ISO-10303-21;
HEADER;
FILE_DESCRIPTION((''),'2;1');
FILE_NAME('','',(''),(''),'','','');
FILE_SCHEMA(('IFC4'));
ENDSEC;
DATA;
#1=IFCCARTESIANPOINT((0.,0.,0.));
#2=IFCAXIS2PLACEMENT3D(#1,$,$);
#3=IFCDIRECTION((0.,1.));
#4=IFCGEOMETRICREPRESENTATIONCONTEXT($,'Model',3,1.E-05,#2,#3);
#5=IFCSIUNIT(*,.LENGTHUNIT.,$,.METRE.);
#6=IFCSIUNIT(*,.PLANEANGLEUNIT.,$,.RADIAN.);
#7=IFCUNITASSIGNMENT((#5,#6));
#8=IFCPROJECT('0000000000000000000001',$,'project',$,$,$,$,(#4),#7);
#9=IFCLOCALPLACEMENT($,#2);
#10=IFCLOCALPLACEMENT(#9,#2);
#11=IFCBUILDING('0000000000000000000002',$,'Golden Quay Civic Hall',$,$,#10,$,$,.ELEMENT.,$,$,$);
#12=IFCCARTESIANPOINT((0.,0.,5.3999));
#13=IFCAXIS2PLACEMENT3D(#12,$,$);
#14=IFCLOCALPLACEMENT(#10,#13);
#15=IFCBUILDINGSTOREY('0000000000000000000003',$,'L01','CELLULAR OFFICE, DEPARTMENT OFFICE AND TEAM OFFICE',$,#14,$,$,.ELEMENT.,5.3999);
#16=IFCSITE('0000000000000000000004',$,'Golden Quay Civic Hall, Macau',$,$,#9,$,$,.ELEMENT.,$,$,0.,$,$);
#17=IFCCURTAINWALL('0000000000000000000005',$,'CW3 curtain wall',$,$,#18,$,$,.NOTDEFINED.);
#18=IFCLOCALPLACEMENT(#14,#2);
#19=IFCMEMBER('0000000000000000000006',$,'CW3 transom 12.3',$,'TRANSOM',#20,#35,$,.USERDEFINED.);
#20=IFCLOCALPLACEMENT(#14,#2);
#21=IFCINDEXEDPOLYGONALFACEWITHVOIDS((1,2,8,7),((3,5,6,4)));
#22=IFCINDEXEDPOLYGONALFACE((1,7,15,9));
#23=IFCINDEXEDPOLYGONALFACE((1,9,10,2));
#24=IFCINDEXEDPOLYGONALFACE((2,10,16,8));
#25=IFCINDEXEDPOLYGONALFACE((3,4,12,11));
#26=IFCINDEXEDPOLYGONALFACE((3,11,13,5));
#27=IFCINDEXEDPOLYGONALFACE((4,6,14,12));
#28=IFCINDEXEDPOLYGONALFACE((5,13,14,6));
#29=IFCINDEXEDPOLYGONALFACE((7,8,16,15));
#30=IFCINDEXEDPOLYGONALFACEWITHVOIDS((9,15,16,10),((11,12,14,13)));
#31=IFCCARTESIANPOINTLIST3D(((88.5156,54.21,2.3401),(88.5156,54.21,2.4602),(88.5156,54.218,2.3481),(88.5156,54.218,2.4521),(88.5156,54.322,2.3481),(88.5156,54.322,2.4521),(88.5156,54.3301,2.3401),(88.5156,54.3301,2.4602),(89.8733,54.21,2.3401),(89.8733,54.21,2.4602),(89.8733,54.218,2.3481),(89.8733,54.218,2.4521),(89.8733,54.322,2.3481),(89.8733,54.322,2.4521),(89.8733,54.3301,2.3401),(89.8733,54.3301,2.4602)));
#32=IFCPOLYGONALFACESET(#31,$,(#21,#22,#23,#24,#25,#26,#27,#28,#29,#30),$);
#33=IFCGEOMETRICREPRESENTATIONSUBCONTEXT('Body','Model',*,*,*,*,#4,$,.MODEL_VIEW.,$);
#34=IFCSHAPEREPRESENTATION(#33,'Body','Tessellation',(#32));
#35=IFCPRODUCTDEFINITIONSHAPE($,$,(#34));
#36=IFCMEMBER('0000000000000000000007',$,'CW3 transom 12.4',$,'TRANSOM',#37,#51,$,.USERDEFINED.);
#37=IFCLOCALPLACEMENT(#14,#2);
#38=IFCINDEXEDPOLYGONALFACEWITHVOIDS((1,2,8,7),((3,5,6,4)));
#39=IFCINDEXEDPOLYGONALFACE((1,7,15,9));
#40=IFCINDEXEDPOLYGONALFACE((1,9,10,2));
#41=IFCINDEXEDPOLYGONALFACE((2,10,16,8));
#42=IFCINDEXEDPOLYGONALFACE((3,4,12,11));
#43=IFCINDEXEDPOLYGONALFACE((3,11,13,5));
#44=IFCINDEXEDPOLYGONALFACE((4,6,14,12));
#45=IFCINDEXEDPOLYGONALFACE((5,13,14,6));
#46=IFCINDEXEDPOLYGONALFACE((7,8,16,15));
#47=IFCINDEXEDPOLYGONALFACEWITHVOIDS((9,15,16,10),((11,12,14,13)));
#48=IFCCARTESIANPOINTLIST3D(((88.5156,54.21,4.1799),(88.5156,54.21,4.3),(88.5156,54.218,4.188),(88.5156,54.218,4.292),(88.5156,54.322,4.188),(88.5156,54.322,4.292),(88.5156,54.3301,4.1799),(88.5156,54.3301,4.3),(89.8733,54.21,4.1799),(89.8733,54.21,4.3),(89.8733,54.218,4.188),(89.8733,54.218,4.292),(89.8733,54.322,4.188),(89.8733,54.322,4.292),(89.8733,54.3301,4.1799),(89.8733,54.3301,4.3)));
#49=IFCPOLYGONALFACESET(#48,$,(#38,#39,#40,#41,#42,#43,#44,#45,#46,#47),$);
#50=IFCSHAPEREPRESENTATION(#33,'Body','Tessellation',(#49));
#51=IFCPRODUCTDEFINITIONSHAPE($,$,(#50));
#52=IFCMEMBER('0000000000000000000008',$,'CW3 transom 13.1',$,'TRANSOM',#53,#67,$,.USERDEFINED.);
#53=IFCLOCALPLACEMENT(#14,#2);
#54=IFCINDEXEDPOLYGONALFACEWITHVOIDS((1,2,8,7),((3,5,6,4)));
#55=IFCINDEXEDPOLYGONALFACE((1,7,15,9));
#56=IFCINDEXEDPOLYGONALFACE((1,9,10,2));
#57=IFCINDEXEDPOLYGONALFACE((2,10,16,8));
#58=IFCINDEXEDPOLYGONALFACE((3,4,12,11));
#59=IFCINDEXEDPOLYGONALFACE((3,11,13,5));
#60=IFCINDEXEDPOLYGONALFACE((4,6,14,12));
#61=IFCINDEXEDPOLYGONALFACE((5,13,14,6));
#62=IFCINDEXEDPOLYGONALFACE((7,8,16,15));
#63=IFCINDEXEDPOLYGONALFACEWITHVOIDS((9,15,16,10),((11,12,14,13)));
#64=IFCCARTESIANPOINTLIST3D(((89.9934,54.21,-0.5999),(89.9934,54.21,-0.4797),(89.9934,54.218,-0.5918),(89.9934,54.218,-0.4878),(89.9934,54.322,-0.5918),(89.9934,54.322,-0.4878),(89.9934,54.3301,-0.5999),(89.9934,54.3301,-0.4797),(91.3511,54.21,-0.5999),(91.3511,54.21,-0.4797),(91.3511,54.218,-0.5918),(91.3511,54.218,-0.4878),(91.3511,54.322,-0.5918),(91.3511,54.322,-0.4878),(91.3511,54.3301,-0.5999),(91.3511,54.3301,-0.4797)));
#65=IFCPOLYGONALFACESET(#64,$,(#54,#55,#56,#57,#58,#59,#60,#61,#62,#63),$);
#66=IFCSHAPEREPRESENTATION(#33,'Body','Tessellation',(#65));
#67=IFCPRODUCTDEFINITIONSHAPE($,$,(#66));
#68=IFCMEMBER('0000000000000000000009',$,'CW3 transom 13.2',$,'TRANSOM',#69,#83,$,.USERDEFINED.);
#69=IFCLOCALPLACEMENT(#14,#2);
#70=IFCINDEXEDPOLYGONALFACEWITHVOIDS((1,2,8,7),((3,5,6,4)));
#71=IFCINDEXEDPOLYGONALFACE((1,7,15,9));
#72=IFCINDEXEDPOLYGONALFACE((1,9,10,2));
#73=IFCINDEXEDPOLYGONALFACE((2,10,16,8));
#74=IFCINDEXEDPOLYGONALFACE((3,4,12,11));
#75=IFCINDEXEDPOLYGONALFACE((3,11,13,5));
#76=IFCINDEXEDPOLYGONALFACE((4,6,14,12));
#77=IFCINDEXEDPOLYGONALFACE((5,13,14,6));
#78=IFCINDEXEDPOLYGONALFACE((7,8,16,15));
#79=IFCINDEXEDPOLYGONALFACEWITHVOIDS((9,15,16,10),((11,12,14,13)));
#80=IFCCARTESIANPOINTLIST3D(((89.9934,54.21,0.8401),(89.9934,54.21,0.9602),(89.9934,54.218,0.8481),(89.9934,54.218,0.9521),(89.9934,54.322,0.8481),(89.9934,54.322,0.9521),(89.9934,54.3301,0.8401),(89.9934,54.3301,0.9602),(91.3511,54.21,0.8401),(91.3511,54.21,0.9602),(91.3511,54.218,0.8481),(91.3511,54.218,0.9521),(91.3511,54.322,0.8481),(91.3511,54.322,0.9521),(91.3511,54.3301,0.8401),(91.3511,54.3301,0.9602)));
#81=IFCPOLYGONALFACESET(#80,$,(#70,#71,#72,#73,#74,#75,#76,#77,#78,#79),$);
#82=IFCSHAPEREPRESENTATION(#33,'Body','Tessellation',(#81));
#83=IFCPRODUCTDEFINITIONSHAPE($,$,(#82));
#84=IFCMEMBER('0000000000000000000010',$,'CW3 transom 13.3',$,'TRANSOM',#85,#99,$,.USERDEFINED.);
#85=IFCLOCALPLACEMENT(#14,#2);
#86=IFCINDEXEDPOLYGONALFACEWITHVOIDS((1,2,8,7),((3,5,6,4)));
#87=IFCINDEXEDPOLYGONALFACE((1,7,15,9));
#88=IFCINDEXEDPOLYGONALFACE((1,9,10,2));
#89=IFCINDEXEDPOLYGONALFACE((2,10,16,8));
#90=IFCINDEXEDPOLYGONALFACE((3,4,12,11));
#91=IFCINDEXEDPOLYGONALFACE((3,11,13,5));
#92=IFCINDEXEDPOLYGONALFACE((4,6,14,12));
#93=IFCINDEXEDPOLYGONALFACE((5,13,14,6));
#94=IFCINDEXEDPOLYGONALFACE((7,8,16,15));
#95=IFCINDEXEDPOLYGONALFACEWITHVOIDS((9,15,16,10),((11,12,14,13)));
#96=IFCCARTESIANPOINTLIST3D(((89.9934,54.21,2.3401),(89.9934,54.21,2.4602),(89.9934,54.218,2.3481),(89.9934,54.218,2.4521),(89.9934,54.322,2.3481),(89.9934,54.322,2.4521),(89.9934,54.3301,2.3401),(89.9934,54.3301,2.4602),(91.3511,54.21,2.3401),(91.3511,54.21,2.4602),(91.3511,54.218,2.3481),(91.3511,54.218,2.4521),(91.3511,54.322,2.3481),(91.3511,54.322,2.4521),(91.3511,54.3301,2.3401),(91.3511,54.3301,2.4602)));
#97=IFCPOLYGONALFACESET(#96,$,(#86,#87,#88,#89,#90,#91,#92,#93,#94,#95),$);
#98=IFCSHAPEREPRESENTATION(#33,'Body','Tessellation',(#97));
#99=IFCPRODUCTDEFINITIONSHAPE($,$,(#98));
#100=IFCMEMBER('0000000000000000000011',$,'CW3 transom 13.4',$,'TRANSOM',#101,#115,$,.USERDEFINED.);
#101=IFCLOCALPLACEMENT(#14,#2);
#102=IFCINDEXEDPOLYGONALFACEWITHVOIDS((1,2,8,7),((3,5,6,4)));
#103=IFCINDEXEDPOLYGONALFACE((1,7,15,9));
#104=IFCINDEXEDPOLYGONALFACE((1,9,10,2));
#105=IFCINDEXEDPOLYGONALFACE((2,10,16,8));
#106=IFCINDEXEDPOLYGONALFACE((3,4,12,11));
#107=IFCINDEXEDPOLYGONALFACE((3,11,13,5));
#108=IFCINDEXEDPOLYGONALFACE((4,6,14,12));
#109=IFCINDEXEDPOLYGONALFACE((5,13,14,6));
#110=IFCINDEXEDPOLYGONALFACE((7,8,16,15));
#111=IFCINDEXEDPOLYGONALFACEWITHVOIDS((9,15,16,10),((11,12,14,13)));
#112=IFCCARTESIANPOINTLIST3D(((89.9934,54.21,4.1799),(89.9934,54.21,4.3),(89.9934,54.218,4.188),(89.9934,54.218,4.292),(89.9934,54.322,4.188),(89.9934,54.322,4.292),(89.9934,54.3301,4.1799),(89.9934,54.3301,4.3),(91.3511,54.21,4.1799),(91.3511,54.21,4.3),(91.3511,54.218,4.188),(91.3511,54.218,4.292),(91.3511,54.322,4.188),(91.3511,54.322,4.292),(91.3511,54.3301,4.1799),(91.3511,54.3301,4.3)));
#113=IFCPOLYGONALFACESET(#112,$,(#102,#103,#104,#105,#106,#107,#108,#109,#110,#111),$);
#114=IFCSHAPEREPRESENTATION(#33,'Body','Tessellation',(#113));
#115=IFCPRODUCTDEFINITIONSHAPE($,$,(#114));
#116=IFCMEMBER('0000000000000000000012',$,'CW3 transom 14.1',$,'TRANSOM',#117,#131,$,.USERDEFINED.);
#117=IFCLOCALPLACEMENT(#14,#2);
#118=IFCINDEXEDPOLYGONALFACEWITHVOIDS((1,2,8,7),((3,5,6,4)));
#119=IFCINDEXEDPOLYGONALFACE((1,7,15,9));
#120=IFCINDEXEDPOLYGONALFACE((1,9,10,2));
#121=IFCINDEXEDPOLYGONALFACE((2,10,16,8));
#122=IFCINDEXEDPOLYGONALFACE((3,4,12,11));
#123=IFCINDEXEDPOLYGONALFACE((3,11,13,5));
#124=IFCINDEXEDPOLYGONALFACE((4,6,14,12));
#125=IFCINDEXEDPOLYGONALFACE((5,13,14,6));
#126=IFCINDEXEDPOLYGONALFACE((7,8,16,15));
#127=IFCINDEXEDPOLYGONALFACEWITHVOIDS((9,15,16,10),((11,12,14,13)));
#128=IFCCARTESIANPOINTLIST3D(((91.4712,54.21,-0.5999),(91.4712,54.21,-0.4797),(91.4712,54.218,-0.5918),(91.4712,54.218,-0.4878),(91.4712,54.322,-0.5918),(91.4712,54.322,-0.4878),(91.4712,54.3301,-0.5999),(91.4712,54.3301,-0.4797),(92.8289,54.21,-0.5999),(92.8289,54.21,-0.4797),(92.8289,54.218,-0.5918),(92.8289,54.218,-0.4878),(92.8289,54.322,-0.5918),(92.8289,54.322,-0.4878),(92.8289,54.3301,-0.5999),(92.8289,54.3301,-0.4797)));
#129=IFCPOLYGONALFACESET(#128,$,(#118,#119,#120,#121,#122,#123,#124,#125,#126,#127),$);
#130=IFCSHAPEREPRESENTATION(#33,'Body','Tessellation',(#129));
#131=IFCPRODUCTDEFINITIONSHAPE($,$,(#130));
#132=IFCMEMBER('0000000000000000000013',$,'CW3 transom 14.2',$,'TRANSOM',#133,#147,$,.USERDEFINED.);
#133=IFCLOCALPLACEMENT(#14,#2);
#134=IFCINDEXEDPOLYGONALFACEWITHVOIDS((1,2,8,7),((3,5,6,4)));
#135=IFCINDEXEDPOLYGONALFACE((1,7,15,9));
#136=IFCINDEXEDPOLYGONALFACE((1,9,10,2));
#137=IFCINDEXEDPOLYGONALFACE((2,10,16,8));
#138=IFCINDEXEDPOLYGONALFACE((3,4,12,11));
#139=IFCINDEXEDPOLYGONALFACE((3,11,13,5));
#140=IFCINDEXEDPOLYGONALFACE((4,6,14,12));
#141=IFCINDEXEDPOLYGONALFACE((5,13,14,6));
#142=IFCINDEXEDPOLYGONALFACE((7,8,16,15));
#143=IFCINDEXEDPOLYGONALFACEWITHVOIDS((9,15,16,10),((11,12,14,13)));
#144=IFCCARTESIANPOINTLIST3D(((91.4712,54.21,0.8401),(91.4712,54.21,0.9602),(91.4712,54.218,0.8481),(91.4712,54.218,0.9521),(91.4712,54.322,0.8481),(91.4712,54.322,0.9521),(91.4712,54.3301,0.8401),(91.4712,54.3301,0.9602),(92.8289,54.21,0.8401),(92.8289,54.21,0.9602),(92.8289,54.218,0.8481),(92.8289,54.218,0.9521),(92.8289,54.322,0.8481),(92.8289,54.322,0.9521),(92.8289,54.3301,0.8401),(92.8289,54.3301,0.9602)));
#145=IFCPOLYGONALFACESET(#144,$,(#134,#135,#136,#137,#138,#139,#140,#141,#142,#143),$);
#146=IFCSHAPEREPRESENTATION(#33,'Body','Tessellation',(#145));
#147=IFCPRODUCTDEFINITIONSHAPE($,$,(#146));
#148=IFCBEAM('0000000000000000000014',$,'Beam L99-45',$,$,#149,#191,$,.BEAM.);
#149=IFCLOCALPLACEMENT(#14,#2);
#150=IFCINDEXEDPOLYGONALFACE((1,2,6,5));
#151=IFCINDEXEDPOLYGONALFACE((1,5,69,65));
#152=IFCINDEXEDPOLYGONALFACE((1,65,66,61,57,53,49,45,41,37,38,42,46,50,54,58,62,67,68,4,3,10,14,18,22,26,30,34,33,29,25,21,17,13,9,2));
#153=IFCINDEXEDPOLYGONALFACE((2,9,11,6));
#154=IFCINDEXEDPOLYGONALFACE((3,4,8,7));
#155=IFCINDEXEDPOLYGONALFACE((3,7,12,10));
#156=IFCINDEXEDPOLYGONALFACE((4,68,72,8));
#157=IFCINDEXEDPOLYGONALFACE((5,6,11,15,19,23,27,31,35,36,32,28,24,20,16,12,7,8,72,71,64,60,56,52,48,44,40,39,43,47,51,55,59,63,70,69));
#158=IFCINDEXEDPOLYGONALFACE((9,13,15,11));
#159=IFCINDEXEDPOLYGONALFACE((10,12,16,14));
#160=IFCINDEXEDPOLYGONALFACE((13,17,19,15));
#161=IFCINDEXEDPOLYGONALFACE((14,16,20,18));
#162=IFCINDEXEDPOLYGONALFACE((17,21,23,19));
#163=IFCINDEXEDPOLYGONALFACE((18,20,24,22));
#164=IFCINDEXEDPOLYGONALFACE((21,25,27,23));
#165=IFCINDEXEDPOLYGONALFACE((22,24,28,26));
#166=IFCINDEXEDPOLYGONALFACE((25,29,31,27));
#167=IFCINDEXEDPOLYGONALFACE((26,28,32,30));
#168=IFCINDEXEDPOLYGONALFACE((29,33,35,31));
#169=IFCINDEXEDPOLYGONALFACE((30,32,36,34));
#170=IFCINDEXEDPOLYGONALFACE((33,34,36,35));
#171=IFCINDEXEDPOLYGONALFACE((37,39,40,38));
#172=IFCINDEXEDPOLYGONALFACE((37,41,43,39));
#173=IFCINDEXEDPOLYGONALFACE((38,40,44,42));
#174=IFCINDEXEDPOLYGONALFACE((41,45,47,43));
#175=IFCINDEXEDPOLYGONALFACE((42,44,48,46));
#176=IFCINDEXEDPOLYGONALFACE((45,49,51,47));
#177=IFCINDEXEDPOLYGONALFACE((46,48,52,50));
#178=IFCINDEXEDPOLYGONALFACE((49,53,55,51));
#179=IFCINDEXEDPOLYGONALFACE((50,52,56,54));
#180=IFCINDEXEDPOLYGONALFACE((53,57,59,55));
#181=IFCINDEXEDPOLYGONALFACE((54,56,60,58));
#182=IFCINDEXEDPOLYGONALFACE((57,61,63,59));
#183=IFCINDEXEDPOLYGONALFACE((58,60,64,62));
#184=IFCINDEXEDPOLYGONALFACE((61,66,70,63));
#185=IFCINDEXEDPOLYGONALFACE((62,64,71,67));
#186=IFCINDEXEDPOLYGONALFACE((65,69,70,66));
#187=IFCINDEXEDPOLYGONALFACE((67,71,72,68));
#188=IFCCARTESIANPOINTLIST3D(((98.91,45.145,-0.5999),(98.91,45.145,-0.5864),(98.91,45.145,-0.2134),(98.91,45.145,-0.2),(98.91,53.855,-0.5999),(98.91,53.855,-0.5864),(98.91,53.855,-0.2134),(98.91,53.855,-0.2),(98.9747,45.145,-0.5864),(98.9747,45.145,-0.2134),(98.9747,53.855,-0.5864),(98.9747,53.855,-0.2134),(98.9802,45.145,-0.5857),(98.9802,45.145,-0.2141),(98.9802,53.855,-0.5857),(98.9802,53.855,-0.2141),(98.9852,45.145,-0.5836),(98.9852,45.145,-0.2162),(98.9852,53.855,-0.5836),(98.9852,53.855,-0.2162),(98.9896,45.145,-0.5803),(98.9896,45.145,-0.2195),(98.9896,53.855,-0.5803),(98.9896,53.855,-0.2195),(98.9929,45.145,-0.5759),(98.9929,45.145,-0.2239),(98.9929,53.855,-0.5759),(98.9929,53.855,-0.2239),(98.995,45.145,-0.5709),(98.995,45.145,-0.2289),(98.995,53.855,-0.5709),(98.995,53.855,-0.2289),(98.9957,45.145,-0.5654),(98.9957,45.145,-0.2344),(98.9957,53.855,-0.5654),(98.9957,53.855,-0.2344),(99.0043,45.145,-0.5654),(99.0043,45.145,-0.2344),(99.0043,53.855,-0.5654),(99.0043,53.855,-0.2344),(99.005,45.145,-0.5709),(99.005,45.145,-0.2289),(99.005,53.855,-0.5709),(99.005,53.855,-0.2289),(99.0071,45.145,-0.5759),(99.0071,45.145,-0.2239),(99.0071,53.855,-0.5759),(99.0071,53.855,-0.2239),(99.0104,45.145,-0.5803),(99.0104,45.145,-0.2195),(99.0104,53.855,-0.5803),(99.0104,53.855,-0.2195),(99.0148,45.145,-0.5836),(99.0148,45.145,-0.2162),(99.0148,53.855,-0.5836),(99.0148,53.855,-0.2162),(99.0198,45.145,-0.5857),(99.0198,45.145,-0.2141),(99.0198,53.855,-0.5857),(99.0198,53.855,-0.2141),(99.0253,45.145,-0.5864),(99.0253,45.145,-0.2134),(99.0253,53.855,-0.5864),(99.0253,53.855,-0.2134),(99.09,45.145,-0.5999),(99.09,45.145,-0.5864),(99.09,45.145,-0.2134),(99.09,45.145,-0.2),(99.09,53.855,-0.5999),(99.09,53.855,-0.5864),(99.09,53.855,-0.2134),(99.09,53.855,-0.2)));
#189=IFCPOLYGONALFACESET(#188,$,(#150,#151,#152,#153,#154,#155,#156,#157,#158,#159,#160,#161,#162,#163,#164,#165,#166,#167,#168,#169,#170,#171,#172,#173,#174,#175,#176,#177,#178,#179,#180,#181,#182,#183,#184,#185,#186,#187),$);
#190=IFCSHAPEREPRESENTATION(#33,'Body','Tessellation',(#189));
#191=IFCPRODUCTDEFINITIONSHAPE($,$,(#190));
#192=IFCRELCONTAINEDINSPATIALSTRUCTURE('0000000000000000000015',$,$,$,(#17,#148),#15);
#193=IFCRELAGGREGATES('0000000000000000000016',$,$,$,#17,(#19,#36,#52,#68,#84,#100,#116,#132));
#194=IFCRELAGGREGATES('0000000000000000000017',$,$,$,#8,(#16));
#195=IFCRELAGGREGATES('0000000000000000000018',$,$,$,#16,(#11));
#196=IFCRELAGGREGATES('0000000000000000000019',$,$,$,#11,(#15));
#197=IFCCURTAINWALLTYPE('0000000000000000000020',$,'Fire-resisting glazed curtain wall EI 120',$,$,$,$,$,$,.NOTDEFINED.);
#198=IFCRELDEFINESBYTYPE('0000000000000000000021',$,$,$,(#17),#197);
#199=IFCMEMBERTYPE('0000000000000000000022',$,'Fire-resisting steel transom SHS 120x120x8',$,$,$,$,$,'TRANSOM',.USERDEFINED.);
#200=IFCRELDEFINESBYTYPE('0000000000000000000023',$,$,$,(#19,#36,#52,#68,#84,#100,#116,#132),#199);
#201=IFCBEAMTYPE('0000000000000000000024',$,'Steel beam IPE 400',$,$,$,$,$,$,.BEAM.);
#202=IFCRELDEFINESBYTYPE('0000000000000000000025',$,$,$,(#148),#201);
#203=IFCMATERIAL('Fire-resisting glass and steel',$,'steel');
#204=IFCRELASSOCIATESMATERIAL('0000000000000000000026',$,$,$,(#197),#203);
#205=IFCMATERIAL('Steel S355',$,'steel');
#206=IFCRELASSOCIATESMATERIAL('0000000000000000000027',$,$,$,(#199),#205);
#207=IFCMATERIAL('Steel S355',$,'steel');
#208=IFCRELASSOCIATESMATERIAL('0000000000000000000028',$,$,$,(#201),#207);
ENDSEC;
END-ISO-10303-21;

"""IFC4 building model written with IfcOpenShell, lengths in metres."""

from ifc_helpers import new_model, si_unit, direction, frame, origin, origin_2d, place, context, subcontext, project, spatial, hollow_rectangle, i_section, extrude, material, material_profile, profile_set, type_object, element, aggregate, save


model = new_model("IFC4")

# Units and contexts
model_context = context("Model", 3, precision=1e-05, world=origin(), true_north=direction((0.0, 1.0)))
body_context = subcontext(model_context, "Body", "Model", "MODEL_VIEW")
ifc_project = project(units=[si_unit("LENGTHUNIT", "METRE"), si_unit("PLANEANGLEUNIT", "RADIAN")], contexts=[model_context])

# Site, building, storey
site_placement = place(None, origin())
site = spatial("IfcSite", under=ifc_project, at=site_placement, Name="Golden Quay Civic Hall, Macau", CompositionType="ELEMENT", RefElevation=0.0)
building_placement = place(site_placement, origin())
building = spatial("IfcBuilding", under=site, at=building_placement, Name="Golden Quay Civic Hall", CompositionType="ELEMENT")
storey_placement = place(building_placement, frame((0.0, 0.0, 5.3999)))
storey = spatial("IfcBuildingStorey", under=building, at=storey_placement, Name="L01", Description="CELLULAR OFFICE, DEPARTMENT OFFICE AND TEAM OFFICE", CompositionType="ELEMENT", Elevation=5.3999)

# Curtain wall, members
ifc_material_1 = material(Name="Fire-resisting glass and steel", Category="steel")
curtain_wall_type_1 = type_object("IfcCurtainWallType", Name="Fire-resisting glazed curtain wall EI 120", PredefinedType="NOTDEFINED", material=ifc_material_1)
curtain_wall_1_placement = place(storey_placement, origin())
curtain_wall_1 = element("IfcCurtainWall", 1, at=curtain_wall_1_placement, inside=storey, type_object=curtain_wall_type_1, Name="CW3 curtain wall", PredefinedType="NOTDEFINED")
ifc_material_2 = material(Name="Steel S355", Category="steel")
ifc_material_profile_1 = material_profile(ifc_material_2, hollow_rectangle(XDim=0.1201, YDim=0.1201, WallThickness=0.0081, at=origin_2d()), Name="SHS 120x120x8")
ifc_profile_set_1 = profile_set([ifc_material_profile_1], Name="Steel S355")
member_type_1 = type_object("IfcMemberType", Name="Fire-resisting steel transom SHS 120x120x8", ElementType="TRANSOM", PredefinedType="USERDEFINED", material=ifc_profile_set_1)
member_1_placement = place(storey_placement, frame((88.5156, 54.27, 2.4001), z_axis=(1.0, 0.0, 0.0), x_axis=(0.0, 1.0, 0.0)))
member_1 = element("IfcMember", 2, at=member_1_placement, type_object=member_type_1, Name="CW3 transom 12.3", ObjectType="TRANSOM", PredefinedType="USERDEFINED", context=body_context, shape_type="SweptSolid", body=[
    extrude(hollow_rectangle(XDim=0.1201, YDim=0.1201, WallThickness=0.0081, at=origin_2d()), origin(), (0.0, 0.0, 1.0), 1.3577),
])
member_2_placement = place(storey_placement, frame((88.5156, 54.27, 4.24), z_axis=(1.0, 0.0, 0.0), x_axis=(0.0, 1.0, 0.0)))
member_2 = element("IfcMember", 3, at=member_2_placement, type_object=member_type_1, Name="CW3 transom 12.4", ObjectType="TRANSOM", PredefinedType="USERDEFINED", context=body_context, shape_type="SweptSolid", body=[
    extrude(hollow_rectangle(XDim=0.1201, YDim=0.1201, WallThickness=0.0081, at=origin_2d()), origin(), (0.0, 0.0, 1.0), 1.3577),
])
member_3_placement = place(storey_placement, frame((89.9934, 54.27, -0.5398), z_axis=(1.0, 0.0, 0.0), x_axis=(0.0, 1.0, 0.0)))
member_3 = element("IfcMember", 4, at=member_3_placement, type_object=member_type_1, Name="CW3 transom 13.1", ObjectType="TRANSOM", PredefinedType="USERDEFINED", context=body_context, shape_type="SweptSolid", body=[
    extrude(hollow_rectangle(XDim=0.1201, YDim=0.1201, WallThickness=0.0081, at=origin_2d()), origin(), (0.0, 0.0, 1.0), 1.3577),
])
member_4_placement = place(storey_placement, frame((89.9934, 54.27, 0.9001), z_axis=(1.0, 0.0, 0.0), x_axis=(0.0, 1.0, 0.0)))
member_4 = element("IfcMember", 5, at=member_4_placement, type_object=member_type_1, Name="CW3 transom 13.2", ObjectType="TRANSOM", PredefinedType="USERDEFINED", context=body_context, shape_type="SweptSolid", body=[
    extrude(hollow_rectangle(XDim=0.1201, YDim=0.1201, WallThickness=0.0081, at=origin_2d()), origin(), (0.0, 0.0, 1.0), 1.3577),
])
member_5_placement = place(storey_placement, frame((89.9934, 54.27, 2.4001), z_axis=(1.0, 0.0, 0.0), x_axis=(0.0, 1.0, 0.0)))
member_5 = element("IfcMember", 6, at=member_5_placement, type_object=member_type_1, Name="CW3 transom 13.3", ObjectType="TRANSOM", PredefinedType="USERDEFINED", context=body_context, shape_type="SweptSolid", body=[
    extrude(hollow_rectangle(XDim=0.1201, YDim=0.1201, WallThickness=0.0081, at=origin_2d()), origin(), (0.0, 0.0, 1.0), 1.3577),
])
member_6_placement = place(storey_placement, frame((89.9934, 54.27, 4.24), z_axis=(1.0, 0.0, 0.0), x_axis=(0.0, 1.0, 0.0)))
member_6 = element("IfcMember", 7, at=member_6_placement, type_object=member_type_1, Name="CW3 transom 13.4", ObjectType="TRANSOM", PredefinedType="USERDEFINED", context=body_context, shape_type="SweptSolid", body=[
    extrude(hollow_rectangle(XDim=0.1201, YDim=0.1201, WallThickness=0.0081, at=origin_2d()), origin(), (0.0, 0.0, 1.0), 1.3577),
])
member_7_placement = place(storey_placement, frame((91.4712, 54.27, -0.5398), z_axis=(1.0, 0.0, 0.0), x_axis=(0.0, 1.0, 0.0)))
member_7 = element("IfcMember", 8, at=member_7_placement, type_object=member_type_1, Name="CW3 transom 14.1", ObjectType="TRANSOM", PredefinedType="USERDEFINED", context=body_context, shape_type="SweptSolid", body=[
    extrude(hollow_rectangle(XDim=0.1201, YDim=0.1201, WallThickness=0.0081, at=origin_2d()), origin(), (0.0, 0.0, 1.0), 1.3577),
])
member_8_placement = place(storey_placement, frame((91.4712, 54.27, 0.9001), z_axis=(1.0, 0.0, 0.0), x_axis=(0.0, 1.0, 0.0)))
member_8 = element("IfcMember", 9, at=member_8_placement, type_object=member_type_1, Name="CW3 transom 14.2", ObjectType="TRANSOM", PredefinedType="USERDEFINED", context=body_context, shape_type="SweptSolid", body=[
    extrude(hollow_rectangle(XDim=0.1201, YDim=0.1201, WallThickness=0.0081, at=origin_2d()), origin(), (0.0, 0.0, 1.0), 1.3577),
])

# Beam
ifc_material_3 = material(Name="Steel S355", Category="steel")
ifc_material_profile_2 = material_profile(ifc_material_3, i_section(OverallWidth=0.1799, OverallDepth=0.3999, WebThickness=0.0085, FlangeThickness=0.0134, FilletRadius=0.021, at=origin_2d()), Name="IPE 400")
ifc_profile_set_2 = profile_set([ifc_material_profile_2], Name="Steel S355")
beam_type = type_object("IfcBeamType", Name="Steel beam IPE 400", PredefinedType="BEAM", material=ifc_profile_set_2)
beam_placement = place(storey_placement, frame((99.0, 45.145, -0.3999), z_axis=(0.0, 1.0, 0.0), x_axis=(-1.0, 0.0, 0.0)))
element("IfcBeam", 10, at=beam_placement, inside=storey, type_object=beam_type, Name="Beam L99-45", PredefinedType="BEAM", context=body_context, shape_type="SweptSolid", body=[
    extrude(i_section(OverallWidth=0.1799, OverallDepth=0.3999, WebThickness=0.0085, FlangeThickness=0.0134, FilletRadius=0.021, at=origin_2d()), origin(), (0.0, 0.0, 1.0), 8.71),
])

aggregate(curtain_wall_1, [member_1, member_2, member_3, member_4, member_5, member_6, member_7, member_8])

save(model, "model.ifc")
